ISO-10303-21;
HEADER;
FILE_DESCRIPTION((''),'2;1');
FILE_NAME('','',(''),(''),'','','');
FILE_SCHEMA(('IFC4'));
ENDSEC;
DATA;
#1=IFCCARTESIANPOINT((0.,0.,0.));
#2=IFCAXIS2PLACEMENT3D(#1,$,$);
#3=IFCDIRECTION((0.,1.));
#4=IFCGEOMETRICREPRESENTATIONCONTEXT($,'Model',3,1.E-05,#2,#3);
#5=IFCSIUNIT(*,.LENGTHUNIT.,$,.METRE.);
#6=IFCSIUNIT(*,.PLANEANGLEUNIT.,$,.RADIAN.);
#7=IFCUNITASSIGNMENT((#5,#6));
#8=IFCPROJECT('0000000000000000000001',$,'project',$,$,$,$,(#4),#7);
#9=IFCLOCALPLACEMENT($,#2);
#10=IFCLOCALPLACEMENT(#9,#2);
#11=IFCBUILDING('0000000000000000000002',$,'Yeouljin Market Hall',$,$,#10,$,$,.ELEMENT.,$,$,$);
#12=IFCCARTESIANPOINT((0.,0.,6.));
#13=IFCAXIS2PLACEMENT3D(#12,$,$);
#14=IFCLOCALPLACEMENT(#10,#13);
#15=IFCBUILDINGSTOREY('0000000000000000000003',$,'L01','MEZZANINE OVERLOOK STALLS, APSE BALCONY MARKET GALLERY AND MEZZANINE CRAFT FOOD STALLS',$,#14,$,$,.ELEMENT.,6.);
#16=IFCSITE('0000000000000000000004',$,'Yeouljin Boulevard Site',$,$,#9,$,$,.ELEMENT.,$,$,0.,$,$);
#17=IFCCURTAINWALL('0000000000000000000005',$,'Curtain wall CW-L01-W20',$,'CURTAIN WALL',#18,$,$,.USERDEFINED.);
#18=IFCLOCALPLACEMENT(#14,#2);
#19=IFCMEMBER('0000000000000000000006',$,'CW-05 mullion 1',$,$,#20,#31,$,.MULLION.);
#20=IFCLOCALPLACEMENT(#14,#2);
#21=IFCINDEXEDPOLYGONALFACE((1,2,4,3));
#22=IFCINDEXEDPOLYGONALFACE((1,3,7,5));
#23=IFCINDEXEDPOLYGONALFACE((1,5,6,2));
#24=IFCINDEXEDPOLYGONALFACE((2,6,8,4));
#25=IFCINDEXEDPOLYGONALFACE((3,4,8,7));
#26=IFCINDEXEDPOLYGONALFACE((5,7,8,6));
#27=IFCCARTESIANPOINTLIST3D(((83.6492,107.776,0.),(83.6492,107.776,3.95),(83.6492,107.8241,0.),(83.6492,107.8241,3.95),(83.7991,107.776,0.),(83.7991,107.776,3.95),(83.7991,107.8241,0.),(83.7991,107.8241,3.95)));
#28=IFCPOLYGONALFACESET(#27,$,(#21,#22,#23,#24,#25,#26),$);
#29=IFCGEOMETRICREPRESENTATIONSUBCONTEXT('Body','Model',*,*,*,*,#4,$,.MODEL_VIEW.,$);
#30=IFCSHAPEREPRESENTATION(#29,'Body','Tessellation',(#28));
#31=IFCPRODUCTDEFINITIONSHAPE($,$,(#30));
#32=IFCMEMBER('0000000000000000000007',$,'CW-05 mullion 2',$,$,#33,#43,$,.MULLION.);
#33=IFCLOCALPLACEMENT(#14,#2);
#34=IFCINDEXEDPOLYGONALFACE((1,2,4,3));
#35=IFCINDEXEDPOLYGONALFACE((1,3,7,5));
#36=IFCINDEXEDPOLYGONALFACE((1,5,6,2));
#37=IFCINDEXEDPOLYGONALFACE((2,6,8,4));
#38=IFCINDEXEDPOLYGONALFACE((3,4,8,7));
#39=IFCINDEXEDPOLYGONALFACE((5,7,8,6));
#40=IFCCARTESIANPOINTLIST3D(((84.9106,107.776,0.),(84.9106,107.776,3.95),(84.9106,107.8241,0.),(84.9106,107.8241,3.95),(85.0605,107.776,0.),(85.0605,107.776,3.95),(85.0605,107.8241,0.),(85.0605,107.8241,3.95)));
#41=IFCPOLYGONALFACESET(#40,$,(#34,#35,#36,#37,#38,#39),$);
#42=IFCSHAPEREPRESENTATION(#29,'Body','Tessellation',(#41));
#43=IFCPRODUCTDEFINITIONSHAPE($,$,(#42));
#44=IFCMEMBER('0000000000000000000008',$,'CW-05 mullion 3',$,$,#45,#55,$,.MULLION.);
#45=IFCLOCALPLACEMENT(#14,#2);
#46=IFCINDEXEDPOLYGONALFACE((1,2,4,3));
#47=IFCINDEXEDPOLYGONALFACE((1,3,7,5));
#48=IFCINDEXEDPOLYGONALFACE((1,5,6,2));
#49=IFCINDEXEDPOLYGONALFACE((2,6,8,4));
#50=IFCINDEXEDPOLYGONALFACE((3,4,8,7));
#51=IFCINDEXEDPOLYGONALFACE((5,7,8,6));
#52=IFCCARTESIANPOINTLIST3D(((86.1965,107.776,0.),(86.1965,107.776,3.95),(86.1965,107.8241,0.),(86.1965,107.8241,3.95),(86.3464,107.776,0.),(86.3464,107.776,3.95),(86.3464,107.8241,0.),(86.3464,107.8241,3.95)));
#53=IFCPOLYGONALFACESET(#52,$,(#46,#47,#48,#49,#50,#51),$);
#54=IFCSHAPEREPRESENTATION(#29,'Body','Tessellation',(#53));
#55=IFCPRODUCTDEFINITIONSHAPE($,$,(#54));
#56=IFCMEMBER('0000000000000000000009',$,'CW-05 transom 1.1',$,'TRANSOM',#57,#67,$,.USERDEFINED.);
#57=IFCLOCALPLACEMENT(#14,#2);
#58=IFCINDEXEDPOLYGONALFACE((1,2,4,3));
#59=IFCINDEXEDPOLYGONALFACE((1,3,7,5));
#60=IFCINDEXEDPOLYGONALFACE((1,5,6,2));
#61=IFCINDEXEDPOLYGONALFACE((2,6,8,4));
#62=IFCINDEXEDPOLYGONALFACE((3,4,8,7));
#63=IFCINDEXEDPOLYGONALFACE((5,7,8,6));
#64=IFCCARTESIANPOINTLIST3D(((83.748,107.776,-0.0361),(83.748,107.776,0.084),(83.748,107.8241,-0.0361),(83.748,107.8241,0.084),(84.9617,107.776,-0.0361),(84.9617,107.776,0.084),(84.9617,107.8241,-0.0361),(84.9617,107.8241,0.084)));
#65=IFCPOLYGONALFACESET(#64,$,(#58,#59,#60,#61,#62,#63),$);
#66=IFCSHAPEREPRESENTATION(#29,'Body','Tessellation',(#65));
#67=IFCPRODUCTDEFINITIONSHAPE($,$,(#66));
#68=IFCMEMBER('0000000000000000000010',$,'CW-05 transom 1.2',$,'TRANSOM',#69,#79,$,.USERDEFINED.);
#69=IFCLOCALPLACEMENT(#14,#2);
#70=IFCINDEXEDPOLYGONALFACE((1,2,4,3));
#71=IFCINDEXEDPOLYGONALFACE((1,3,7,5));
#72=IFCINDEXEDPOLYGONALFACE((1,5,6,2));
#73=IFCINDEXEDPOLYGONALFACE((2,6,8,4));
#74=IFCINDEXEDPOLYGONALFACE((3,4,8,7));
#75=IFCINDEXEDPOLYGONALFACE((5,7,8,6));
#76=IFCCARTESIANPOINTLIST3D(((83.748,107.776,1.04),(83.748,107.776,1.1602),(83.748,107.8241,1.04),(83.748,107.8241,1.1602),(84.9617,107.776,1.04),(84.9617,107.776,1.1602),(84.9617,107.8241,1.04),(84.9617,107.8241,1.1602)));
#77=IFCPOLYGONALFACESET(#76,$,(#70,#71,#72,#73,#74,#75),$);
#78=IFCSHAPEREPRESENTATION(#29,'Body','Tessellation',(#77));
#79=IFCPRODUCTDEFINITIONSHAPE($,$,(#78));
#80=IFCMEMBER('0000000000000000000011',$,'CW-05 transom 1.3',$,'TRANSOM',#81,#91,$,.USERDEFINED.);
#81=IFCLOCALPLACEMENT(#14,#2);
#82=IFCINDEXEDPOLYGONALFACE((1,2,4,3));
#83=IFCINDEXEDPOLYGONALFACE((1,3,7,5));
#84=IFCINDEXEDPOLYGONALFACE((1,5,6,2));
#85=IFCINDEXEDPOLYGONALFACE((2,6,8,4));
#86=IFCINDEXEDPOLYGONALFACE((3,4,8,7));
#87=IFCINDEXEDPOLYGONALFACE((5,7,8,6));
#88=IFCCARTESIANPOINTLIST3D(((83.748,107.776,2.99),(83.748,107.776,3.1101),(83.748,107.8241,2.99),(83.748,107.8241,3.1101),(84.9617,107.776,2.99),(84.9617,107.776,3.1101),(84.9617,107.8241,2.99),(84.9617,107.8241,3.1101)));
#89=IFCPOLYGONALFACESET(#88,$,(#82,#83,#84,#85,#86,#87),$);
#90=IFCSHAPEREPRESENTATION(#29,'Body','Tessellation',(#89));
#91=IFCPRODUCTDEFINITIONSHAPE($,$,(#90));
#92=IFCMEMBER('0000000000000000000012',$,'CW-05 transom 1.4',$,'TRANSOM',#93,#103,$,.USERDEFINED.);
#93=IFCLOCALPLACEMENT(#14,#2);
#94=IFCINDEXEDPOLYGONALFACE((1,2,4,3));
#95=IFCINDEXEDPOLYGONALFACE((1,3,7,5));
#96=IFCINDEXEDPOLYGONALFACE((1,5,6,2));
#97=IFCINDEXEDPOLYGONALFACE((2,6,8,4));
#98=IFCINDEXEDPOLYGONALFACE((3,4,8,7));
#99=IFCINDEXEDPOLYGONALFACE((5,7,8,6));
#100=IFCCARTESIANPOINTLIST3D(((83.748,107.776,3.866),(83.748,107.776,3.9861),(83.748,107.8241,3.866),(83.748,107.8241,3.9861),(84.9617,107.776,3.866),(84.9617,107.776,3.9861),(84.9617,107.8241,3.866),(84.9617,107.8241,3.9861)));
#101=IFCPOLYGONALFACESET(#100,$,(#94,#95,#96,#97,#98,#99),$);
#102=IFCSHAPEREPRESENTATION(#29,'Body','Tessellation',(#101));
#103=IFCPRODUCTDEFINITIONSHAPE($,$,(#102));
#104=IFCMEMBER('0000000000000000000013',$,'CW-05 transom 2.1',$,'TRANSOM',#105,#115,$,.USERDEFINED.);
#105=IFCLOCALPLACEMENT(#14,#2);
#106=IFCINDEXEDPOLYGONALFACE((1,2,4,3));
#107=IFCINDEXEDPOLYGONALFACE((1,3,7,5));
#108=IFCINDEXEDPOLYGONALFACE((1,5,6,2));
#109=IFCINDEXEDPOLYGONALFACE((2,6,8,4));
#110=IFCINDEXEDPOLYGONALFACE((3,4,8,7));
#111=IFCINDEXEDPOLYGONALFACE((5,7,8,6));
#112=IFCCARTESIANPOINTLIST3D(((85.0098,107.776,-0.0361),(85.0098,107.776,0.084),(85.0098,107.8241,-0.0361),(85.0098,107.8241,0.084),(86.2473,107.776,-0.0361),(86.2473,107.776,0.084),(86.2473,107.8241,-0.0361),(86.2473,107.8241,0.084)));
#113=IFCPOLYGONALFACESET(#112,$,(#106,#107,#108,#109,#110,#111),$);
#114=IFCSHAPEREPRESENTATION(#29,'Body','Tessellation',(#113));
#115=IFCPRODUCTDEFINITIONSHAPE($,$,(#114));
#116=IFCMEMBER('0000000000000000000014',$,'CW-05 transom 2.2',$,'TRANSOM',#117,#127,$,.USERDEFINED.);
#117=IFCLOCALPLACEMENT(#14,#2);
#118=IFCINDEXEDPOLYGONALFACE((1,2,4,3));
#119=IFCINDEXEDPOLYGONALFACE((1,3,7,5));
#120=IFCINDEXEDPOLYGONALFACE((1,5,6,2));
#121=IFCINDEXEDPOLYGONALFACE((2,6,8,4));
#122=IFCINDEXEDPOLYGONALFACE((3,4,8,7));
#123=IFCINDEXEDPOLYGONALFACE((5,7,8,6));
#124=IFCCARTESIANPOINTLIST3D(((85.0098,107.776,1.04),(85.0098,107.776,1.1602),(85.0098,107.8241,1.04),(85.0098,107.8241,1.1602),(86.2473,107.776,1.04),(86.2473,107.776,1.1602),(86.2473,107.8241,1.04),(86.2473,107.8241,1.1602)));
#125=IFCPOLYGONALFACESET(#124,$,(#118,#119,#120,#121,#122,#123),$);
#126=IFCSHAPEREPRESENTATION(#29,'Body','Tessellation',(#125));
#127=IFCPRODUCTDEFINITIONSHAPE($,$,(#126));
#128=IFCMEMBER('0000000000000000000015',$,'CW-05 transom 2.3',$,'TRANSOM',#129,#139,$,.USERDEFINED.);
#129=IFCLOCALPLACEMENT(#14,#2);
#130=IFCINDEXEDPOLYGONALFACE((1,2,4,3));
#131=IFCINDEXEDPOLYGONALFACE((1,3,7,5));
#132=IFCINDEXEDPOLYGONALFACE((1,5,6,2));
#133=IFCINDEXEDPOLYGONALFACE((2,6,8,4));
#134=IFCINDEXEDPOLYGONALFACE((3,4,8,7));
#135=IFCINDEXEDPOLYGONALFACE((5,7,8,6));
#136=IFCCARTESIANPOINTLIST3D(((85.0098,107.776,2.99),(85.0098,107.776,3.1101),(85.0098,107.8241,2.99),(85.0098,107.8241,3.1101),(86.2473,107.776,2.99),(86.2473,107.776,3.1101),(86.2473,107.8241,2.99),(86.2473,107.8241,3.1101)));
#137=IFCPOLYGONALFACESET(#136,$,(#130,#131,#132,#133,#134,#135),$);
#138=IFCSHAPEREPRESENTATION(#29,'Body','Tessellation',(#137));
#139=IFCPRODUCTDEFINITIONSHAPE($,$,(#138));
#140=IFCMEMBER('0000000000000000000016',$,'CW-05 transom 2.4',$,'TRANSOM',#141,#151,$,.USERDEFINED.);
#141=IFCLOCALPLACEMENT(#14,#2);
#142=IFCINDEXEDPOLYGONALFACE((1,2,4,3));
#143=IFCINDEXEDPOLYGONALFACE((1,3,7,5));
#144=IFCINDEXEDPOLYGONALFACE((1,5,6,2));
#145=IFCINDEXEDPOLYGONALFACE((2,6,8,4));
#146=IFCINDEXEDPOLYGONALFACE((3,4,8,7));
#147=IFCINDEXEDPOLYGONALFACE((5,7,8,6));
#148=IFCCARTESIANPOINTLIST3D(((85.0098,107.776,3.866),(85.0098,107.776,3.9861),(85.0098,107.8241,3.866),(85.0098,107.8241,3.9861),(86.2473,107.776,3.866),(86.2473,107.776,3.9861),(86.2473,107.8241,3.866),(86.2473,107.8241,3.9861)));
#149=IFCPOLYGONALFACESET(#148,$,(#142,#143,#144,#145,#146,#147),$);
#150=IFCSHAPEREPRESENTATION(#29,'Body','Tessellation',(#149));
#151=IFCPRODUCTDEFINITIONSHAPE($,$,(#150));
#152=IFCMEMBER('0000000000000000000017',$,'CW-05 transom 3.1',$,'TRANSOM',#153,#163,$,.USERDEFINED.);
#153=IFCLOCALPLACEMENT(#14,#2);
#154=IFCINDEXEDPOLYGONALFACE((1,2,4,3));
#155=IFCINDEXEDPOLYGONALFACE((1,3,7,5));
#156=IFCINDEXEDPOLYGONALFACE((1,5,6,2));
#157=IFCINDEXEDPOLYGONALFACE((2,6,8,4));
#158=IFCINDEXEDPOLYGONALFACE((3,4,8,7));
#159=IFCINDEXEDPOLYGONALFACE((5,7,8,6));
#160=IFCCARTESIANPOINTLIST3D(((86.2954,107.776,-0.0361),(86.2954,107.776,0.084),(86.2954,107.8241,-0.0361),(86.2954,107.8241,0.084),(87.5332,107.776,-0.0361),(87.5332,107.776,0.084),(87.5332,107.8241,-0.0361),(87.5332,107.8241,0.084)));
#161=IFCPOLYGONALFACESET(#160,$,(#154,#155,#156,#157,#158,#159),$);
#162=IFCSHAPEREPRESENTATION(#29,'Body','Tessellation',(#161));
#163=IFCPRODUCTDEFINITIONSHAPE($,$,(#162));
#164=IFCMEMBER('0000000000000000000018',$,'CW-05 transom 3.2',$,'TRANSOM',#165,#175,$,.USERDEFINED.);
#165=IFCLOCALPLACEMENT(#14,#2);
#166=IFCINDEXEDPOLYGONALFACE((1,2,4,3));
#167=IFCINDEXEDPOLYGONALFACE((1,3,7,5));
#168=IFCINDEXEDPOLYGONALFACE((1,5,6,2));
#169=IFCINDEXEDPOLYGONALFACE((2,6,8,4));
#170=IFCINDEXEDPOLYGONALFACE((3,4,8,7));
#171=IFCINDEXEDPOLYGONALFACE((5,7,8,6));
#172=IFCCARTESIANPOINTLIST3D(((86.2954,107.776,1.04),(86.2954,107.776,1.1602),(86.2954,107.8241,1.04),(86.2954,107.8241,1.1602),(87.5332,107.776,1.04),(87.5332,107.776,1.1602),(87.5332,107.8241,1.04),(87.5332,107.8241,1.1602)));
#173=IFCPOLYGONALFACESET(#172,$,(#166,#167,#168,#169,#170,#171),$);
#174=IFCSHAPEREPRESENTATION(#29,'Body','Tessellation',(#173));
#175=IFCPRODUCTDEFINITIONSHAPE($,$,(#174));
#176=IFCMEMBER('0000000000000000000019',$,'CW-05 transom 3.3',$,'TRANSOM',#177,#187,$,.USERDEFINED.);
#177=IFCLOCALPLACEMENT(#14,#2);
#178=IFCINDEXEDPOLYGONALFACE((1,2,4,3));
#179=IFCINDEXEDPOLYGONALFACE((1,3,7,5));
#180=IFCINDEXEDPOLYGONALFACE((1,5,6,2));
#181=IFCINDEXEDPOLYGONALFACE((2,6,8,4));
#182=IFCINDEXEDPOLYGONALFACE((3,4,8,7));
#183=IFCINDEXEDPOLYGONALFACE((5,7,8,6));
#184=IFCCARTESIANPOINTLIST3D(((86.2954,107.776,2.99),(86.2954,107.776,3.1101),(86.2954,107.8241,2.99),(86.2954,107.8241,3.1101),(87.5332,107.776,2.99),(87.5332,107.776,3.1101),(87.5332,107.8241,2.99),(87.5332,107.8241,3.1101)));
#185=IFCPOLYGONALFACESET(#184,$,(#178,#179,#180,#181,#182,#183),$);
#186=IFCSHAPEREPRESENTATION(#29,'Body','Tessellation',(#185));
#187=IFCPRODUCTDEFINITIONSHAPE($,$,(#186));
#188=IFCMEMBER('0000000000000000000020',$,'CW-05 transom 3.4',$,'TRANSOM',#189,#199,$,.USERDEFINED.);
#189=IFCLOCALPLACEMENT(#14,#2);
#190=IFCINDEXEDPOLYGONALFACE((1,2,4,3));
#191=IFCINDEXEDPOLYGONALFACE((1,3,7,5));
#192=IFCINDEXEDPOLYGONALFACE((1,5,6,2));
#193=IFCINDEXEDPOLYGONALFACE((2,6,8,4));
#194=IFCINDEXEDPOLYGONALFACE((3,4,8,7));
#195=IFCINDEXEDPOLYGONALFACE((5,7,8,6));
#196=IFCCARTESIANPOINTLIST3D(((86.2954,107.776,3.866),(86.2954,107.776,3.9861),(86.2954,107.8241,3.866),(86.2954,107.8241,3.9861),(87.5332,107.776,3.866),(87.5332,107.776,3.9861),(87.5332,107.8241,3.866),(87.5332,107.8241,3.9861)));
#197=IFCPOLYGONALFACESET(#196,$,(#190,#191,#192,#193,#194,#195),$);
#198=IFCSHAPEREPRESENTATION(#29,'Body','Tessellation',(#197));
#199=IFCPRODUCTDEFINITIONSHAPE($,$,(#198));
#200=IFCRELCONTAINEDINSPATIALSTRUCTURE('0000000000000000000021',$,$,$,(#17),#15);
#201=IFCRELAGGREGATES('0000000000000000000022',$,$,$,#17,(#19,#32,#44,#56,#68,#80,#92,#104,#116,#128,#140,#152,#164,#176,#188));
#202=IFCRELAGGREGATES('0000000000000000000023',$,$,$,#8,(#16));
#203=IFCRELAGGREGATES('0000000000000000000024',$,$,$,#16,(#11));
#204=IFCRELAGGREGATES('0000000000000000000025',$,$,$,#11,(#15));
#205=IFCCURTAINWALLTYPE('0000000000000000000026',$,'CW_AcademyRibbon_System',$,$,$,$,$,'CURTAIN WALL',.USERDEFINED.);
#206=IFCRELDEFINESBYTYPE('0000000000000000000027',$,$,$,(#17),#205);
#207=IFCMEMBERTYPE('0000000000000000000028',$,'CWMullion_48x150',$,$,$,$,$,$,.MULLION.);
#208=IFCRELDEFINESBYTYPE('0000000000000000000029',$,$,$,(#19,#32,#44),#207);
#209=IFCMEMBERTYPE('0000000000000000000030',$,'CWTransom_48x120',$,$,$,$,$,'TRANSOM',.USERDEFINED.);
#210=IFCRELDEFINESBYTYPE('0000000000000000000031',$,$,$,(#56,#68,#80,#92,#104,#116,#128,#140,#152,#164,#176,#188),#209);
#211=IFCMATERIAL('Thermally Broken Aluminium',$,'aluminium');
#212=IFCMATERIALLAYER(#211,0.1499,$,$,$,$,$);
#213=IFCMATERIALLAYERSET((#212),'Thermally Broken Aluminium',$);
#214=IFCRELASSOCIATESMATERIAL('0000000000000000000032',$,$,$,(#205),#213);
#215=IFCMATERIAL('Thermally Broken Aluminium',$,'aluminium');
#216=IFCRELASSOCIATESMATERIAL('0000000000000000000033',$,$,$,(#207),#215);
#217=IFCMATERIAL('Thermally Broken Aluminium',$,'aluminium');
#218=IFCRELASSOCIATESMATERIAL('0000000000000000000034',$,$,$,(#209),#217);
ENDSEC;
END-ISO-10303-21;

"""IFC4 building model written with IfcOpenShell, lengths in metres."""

from ifc_helpers import new_model, si_unit, direction, frame, origin, origin_2d, place, context, subcontext, project, spatial, rectangle, extrude, material, layer, layer_set, material_profile, profile_set, type_object, element, aggregate, save


model = new_model("IFC4")

# Units and contexts
model_context = context("Model", 3, precision=1e-05, world=origin(), true_north=direction((0.0, 1.0)))
body_context = subcontext(model_context, "Body", "Model", "MODEL_VIEW")
ifc_project = project(units=[si_unit("LENGTHUNIT", "METRE"), si_unit("PLANEANGLEUNIT", "RADIAN")], contexts=[model_context])

# Site, building, storey
site_placement = place(None, origin())
site = spatial("IfcSite", under=ifc_project, at=site_placement, Name="Yeouljin Boulevard Site", CompositionType="ELEMENT", RefElevation=0.0)
building_placement = place(site_placement, origin())
building = spatial("IfcBuilding", under=site, at=building_placement, Name="Yeouljin Market Hall", CompositionType="ELEMENT")
storey_placement = place(building_placement, frame((0.0, 0.0, 6.0)))
storey = spatial("IfcBuildingStorey", under=building, at=storey_placement, Name="L01", Description="MEZZANINE OVERLOOK STALLS, APSE BALCONY MARKET GALLERY AND MEZZANINE CRAFT FOOD STALLS", CompositionType="ELEMENT", Elevation=6.0)

# Curtain wall, members
ifc_material_1 = material(Name="Thermally Broken Aluminium", Category="aluminium")
ifc_layer_1 = layer(ifc_material_1, 0.1499)
ifc_layer_set_1 = layer_set([ifc_layer_1], Name="Thermally Broken Aluminium")
curtain_wall_type = type_object("IfcCurtainWallType", Name="CW_AcademyRibbon_System", ElementType="CURTAIN WALL", PredefinedType="USERDEFINED", material=ifc_layer_set_1)
curtain_wall_placement = place(storey_placement, origin())
curtain_wall = element("IfcCurtainWall", 1, at=curtain_wall_placement, inside=storey, type_object=curtain_wall_type, Name="Curtain wall CW-L01-W20", ObjectType="CURTAIN WALL", PredefinedType="USERDEFINED")
ifc_material_2 = material(Name="Thermally Broken Aluminium", Category="aluminium")
ifc_material_profile_1 = material_profile(ifc_material_2, rectangle(XDim=0.0481, YDim=0.1499, at=origin_2d()), Name="CW-MULL-48x150")
ifc_profile_set_1 = profile_set([ifc_material_profile_1], Name="Thermally Broken Aluminium")
member_type_1 = type_object("IfcMemberType", Name="CWMullion_48x150", PredefinedType="MULLION", material=ifc_profile_set_1)
member_1_placement = place(storey_placement, frame((83.7241, 107.8, 0.0), z_axis=(0.0, 0.0, 1.0), x_axis=(0.0, 1.0, 0.0)))
member_1 = element("IfcMember", 2, at=member_1_placement, type_object=member_type_1, Name="CW-05 mullion 1", PredefinedType="MULLION", context=body_context, shape_type="SweptSolid", body=[
    extrude(rectangle(XDim=0.0481, YDim=0.1499, at=origin_2d()), origin(), (0.0, 0.0, 1.0), 3.95),
])
member_2_placement = place(storey_placement, frame((84.9856, 107.8, 0.0), z_axis=(0.0, 0.0, 1.0), x_axis=(0.0, 1.0, 0.0)))
member_2 = element("IfcMember", 3, at=member_2_placement, type_object=member_type_1, Name="CW-05 mullion 2", PredefinedType="MULLION", context=body_context, shape_type="SweptSolid", body=[
    extrude(rectangle(XDim=0.0481, YDim=0.1499, at=origin_2d()), origin(), (0.0, 0.0, 1.0), 3.95),
])
member_3_placement = place(storey_placement, frame((86.2715, 107.8, 0.0), z_axis=(0.0, 0.0, 1.0), x_axis=(0.0, 1.0, 0.0)))
member_3 = element("IfcMember", 4, at=member_3_placement, type_object=member_type_1, Name="CW-05 mullion 3", PredefinedType="MULLION", context=body_context, shape_type="SweptSolid", body=[
    extrude(rectangle(XDim=0.0481, YDim=0.1499, at=origin_2d()), origin(), (0.0, 0.0, 1.0), 3.95),
])
ifc_material_3 = material(Name="Thermally Broken Aluminium", Category="aluminium")
ifc_material_profile_2 = material_profile(ifc_material_3, rectangle(XDim=0.0481, YDim=0.1201, at=origin_2d()), Name="CW-TRAN-48x120")
ifc_profile_set_2 = profile_set([ifc_material_profile_2], Name="Thermally Broken Aluminium")
member_type_2 = type_object("IfcMemberType", Name="CWTransom_48x120", ElementType="TRANSOM", PredefinedType="USERDEFINED", material=ifc_profile_set_2)
member_4_placement = place(storey_placement, frame((83.748, 107.8, 0.0239), z_axis=(1.0, 0.0, 0.0), x_axis=(0.0, 1.0, 0.0)))
member_4 = element("IfcMember", 5, at=member_4_placement, type_object=member_type_2, Name="CW-05 transom 1.1", ObjectType="TRANSOM", PredefinedType="USERDEFINED", context=body_context, shape_type="SweptSolid", body=[
    extrude(rectangle(XDim=0.0481, YDim=0.1201, at=origin_2d()), origin(), (0.0, 0.0, 1.0), 1.2136),
])
member_5_placement = place(storey_placement, frame((83.748, 107.8, 1.1001), z_axis=(1.0, 0.0, 0.0), x_axis=(0.0, 1.0, 0.0)))
member_5 = element("IfcMember", 6, at=member_5_placement, type_object=member_type_2, Name="CW-05 transom 1.2", ObjectType="TRANSOM", PredefinedType="USERDEFINED", context=body_context, shape_type="SweptSolid", body=[
    extrude(rectangle(XDim=0.0481, YDim=0.1201, at=origin_2d()), origin(), (0.0, 0.0, 1.0), 1.2136),
])
member_6_placement = place(storey_placement, frame((83.748, 107.8, 3.05), z_axis=(1.0, 0.0, 0.0), x_axis=(0.0, 1.0, 0.0)))
member_6 = element("IfcMember", 7, at=member_6_placement, type_object=member_type_2, Name="CW-05 transom 1.3", ObjectType="TRANSOM", PredefinedType="USERDEFINED", context=body_context, shape_type="SweptSolid", body=[
    extrude(rectangle(XDim=0.0481, YDim=0.1201, at=origin_2d()), origin(), (0.0, 0.0, 1.0), 1.2136),
])
member_7_placement = place(storey_placement, frame((83.748, 107.8, 3.926), z_axis=(1.0, 0.0, 0.0), x_axis=(0.0, 1.0, 0.0)))
member_7 = element("IfcMember", 8, at=member_7_placement, type_object=member_type_2, Name="CW-05 transom 1.4", ObjectType="TRANSOM", PredefinedType="USERDEFINED", context=body_context, shape_type="SweptSolid", body=[
    extrude(rectangle(XDim=0.0481, YDim=0.1201, at=origin_2d()), origin(), (0.0, 0.0, 1.0), 1.2136),
])
member_8_placement = place(storey_placement, frame((85.0098, 107.8, 0.0239), z_axis=(1.0, 0.0, 0.0), x_axis=(0.0, 1.0, 0.0)))
member_8 = element("IfcMember", 9, at=member_8_placement, type_object=member_type_2, Name="CW-05 transom 2.1", ObjectType="TRANSOM", PredefinedType="USERDEFINED", context=body_context, shape_type="SweptSolid", body=[
    extrude(rectangle(XDim=0.0481, YDim=0.1201, at=origin_2d()), origin(), (0.0, 0.0, 1.0), 1.2375),
])
member_9_placement = place(storey_placement, frame((85.0098, 107.8, 1.1001), z_axis=(1.0, 0.0, 0.0), x_axis=(0.0, 1.0, 0.0)))
member_9 = element("IfcMember", 10, at=member_9_placement, type_object=member_type_2, Name="CW-05 transom 2.2", ObjectType="TRANSOM", PredefinedType="USERDEFINED", context=body_context, shape_type="SweptSolid", body=[
    extrude(rectangle(XDim=0.0481, YDim=0.1201, at=origin_2d()), origin(), (0.0, 0.0, 1.0), 1.2375),
])
member_10_placement = place(storey_placement, frame((85.0098, 107.8, 3.05), z_axis=(1.0, 0.0, 0.0), x_axis=(0.0, 1.0, 0.0)))
member_10 = element("IfcMember", 11, at=member_10_placement, type_object=member_type_2, Name="CW-05 transom 2.3", ObjectType="TRANSOM", PredefinedType="USERDEFINED", context=body_context, shape_type="SweptSolid", body=[
    extrude(rectangle(XDim=0.0481, YDim=0.1201, at=origin_2d()), origin(), (0.0, 0.0, 1.0), 1.2375),
])
member_11_placement = place(storey_placement, frame((85.0098, 107.8, 3.926), z_axis=(1.0, 0.0, 0.0), x_axis=(0.0, 1.0, 0.0)))
member_11 = element("IfcMember", 12, at=member_11_placement, type_object=member_type_2, Name="CW-05 transom 2.4", ObjectType="TRANSOM", PredefinedType="USERDEFINED", context=body_context, shape_type="SweptSolid", body=[
    extrude(rectangle(XDim=0.0481, YDim=0.1201, at=origin_2d()), origin(), (0.0, 0.0, 1.0), 1.2375),
])
member_12_placement = place(storey_placement, frame((86.2954, 107.8, 0.0239), z_axis=(1.0, 0.0, 0.0), x_axis=(0.0, 1.0, 0.0)))
member_12 = element("IfcMember", 13, at=member_12_placement, type_object=member_type_2, Name="CW-05 transom 3.1", ObjectType="TRANSOM", PredefinedType="USERDEFINED", context=body_context, shape_type="SweptSolid", body=[
    extrude(rectangle(XDim=0.0481, YDim=0.1201, at=origin_2d()), origin(), (0.0, 0.0, 1.0), 1.2378),
])
member_13_placement = place(storey_placement, frame((86.2954, 107.8, 1.1001), z_axis=(1.0, 0.0, 0.0), x_axis=(0.0, 1.0, 0.0)))
member_13 = element("IfcMember", 14, at=member_13_placement, type_object=member_type_2, Name="CW-05 transom 3.2", ObjectType="TRANSOM", PredefinedType="USERDEFINED", context=body_context, shape_type="SweptSolid", body=[
    extrude(rectangle(XDim=0.0481, YDim=0.1201, at=origin_2d()), origin(), (0.0, 0.0, 1.0), 1.2378),
])
member_14_placement = place(storey_placement, frame((86.2954, 107.8, 3.05), z_axis=(1.0, 0.0, 0.0), x_axis=(0.0, 1.0, 0.0)))
member_14 = element("IfcMember", 15, at=member_14_placement, type_object=member_type_2, Name="CW-05 transom 3.3", ObjectType="TRANSOM", PredefinedType="USERDEFINED", context=body_context, shape_type="SweptSolid", body=[
    extrude(rectangle(XDim=0.0481, YDim=0.1201, at=origin_2d()), origin(), (0.0, 0.0, 1.0), 1.2378),
])
member_15_placement = place(storey_placement, frame((86.2954, 107.8, 3.926), z_axis=(1.0, 0.0, 0.0), x_axis=(0.0, 1.0, 0.0)))
member_15 = element("IfcMember", 16, at=member_15_placement, type_object=member_type_2, Name="CW-05 transom 3.4", ObjectType="TRANSOM", PredefinedType="USERDEFINED", context=body_context, shape_type="SweptSolid", body=[
    extrude(rectangle(XDim=0.0481, YDim=0.1201, at=origin_2d()), origin(), (0.0, 0.0, 1.0), 1.2378),
])

aggregate(curtain_wall, [member_1, member_2, member_3, member_4, member_5, member_6, member_7, member_8, member_9, member_10, member_11, member_12, member_13, member_14, member_15])

save(model, "model.ifc")
